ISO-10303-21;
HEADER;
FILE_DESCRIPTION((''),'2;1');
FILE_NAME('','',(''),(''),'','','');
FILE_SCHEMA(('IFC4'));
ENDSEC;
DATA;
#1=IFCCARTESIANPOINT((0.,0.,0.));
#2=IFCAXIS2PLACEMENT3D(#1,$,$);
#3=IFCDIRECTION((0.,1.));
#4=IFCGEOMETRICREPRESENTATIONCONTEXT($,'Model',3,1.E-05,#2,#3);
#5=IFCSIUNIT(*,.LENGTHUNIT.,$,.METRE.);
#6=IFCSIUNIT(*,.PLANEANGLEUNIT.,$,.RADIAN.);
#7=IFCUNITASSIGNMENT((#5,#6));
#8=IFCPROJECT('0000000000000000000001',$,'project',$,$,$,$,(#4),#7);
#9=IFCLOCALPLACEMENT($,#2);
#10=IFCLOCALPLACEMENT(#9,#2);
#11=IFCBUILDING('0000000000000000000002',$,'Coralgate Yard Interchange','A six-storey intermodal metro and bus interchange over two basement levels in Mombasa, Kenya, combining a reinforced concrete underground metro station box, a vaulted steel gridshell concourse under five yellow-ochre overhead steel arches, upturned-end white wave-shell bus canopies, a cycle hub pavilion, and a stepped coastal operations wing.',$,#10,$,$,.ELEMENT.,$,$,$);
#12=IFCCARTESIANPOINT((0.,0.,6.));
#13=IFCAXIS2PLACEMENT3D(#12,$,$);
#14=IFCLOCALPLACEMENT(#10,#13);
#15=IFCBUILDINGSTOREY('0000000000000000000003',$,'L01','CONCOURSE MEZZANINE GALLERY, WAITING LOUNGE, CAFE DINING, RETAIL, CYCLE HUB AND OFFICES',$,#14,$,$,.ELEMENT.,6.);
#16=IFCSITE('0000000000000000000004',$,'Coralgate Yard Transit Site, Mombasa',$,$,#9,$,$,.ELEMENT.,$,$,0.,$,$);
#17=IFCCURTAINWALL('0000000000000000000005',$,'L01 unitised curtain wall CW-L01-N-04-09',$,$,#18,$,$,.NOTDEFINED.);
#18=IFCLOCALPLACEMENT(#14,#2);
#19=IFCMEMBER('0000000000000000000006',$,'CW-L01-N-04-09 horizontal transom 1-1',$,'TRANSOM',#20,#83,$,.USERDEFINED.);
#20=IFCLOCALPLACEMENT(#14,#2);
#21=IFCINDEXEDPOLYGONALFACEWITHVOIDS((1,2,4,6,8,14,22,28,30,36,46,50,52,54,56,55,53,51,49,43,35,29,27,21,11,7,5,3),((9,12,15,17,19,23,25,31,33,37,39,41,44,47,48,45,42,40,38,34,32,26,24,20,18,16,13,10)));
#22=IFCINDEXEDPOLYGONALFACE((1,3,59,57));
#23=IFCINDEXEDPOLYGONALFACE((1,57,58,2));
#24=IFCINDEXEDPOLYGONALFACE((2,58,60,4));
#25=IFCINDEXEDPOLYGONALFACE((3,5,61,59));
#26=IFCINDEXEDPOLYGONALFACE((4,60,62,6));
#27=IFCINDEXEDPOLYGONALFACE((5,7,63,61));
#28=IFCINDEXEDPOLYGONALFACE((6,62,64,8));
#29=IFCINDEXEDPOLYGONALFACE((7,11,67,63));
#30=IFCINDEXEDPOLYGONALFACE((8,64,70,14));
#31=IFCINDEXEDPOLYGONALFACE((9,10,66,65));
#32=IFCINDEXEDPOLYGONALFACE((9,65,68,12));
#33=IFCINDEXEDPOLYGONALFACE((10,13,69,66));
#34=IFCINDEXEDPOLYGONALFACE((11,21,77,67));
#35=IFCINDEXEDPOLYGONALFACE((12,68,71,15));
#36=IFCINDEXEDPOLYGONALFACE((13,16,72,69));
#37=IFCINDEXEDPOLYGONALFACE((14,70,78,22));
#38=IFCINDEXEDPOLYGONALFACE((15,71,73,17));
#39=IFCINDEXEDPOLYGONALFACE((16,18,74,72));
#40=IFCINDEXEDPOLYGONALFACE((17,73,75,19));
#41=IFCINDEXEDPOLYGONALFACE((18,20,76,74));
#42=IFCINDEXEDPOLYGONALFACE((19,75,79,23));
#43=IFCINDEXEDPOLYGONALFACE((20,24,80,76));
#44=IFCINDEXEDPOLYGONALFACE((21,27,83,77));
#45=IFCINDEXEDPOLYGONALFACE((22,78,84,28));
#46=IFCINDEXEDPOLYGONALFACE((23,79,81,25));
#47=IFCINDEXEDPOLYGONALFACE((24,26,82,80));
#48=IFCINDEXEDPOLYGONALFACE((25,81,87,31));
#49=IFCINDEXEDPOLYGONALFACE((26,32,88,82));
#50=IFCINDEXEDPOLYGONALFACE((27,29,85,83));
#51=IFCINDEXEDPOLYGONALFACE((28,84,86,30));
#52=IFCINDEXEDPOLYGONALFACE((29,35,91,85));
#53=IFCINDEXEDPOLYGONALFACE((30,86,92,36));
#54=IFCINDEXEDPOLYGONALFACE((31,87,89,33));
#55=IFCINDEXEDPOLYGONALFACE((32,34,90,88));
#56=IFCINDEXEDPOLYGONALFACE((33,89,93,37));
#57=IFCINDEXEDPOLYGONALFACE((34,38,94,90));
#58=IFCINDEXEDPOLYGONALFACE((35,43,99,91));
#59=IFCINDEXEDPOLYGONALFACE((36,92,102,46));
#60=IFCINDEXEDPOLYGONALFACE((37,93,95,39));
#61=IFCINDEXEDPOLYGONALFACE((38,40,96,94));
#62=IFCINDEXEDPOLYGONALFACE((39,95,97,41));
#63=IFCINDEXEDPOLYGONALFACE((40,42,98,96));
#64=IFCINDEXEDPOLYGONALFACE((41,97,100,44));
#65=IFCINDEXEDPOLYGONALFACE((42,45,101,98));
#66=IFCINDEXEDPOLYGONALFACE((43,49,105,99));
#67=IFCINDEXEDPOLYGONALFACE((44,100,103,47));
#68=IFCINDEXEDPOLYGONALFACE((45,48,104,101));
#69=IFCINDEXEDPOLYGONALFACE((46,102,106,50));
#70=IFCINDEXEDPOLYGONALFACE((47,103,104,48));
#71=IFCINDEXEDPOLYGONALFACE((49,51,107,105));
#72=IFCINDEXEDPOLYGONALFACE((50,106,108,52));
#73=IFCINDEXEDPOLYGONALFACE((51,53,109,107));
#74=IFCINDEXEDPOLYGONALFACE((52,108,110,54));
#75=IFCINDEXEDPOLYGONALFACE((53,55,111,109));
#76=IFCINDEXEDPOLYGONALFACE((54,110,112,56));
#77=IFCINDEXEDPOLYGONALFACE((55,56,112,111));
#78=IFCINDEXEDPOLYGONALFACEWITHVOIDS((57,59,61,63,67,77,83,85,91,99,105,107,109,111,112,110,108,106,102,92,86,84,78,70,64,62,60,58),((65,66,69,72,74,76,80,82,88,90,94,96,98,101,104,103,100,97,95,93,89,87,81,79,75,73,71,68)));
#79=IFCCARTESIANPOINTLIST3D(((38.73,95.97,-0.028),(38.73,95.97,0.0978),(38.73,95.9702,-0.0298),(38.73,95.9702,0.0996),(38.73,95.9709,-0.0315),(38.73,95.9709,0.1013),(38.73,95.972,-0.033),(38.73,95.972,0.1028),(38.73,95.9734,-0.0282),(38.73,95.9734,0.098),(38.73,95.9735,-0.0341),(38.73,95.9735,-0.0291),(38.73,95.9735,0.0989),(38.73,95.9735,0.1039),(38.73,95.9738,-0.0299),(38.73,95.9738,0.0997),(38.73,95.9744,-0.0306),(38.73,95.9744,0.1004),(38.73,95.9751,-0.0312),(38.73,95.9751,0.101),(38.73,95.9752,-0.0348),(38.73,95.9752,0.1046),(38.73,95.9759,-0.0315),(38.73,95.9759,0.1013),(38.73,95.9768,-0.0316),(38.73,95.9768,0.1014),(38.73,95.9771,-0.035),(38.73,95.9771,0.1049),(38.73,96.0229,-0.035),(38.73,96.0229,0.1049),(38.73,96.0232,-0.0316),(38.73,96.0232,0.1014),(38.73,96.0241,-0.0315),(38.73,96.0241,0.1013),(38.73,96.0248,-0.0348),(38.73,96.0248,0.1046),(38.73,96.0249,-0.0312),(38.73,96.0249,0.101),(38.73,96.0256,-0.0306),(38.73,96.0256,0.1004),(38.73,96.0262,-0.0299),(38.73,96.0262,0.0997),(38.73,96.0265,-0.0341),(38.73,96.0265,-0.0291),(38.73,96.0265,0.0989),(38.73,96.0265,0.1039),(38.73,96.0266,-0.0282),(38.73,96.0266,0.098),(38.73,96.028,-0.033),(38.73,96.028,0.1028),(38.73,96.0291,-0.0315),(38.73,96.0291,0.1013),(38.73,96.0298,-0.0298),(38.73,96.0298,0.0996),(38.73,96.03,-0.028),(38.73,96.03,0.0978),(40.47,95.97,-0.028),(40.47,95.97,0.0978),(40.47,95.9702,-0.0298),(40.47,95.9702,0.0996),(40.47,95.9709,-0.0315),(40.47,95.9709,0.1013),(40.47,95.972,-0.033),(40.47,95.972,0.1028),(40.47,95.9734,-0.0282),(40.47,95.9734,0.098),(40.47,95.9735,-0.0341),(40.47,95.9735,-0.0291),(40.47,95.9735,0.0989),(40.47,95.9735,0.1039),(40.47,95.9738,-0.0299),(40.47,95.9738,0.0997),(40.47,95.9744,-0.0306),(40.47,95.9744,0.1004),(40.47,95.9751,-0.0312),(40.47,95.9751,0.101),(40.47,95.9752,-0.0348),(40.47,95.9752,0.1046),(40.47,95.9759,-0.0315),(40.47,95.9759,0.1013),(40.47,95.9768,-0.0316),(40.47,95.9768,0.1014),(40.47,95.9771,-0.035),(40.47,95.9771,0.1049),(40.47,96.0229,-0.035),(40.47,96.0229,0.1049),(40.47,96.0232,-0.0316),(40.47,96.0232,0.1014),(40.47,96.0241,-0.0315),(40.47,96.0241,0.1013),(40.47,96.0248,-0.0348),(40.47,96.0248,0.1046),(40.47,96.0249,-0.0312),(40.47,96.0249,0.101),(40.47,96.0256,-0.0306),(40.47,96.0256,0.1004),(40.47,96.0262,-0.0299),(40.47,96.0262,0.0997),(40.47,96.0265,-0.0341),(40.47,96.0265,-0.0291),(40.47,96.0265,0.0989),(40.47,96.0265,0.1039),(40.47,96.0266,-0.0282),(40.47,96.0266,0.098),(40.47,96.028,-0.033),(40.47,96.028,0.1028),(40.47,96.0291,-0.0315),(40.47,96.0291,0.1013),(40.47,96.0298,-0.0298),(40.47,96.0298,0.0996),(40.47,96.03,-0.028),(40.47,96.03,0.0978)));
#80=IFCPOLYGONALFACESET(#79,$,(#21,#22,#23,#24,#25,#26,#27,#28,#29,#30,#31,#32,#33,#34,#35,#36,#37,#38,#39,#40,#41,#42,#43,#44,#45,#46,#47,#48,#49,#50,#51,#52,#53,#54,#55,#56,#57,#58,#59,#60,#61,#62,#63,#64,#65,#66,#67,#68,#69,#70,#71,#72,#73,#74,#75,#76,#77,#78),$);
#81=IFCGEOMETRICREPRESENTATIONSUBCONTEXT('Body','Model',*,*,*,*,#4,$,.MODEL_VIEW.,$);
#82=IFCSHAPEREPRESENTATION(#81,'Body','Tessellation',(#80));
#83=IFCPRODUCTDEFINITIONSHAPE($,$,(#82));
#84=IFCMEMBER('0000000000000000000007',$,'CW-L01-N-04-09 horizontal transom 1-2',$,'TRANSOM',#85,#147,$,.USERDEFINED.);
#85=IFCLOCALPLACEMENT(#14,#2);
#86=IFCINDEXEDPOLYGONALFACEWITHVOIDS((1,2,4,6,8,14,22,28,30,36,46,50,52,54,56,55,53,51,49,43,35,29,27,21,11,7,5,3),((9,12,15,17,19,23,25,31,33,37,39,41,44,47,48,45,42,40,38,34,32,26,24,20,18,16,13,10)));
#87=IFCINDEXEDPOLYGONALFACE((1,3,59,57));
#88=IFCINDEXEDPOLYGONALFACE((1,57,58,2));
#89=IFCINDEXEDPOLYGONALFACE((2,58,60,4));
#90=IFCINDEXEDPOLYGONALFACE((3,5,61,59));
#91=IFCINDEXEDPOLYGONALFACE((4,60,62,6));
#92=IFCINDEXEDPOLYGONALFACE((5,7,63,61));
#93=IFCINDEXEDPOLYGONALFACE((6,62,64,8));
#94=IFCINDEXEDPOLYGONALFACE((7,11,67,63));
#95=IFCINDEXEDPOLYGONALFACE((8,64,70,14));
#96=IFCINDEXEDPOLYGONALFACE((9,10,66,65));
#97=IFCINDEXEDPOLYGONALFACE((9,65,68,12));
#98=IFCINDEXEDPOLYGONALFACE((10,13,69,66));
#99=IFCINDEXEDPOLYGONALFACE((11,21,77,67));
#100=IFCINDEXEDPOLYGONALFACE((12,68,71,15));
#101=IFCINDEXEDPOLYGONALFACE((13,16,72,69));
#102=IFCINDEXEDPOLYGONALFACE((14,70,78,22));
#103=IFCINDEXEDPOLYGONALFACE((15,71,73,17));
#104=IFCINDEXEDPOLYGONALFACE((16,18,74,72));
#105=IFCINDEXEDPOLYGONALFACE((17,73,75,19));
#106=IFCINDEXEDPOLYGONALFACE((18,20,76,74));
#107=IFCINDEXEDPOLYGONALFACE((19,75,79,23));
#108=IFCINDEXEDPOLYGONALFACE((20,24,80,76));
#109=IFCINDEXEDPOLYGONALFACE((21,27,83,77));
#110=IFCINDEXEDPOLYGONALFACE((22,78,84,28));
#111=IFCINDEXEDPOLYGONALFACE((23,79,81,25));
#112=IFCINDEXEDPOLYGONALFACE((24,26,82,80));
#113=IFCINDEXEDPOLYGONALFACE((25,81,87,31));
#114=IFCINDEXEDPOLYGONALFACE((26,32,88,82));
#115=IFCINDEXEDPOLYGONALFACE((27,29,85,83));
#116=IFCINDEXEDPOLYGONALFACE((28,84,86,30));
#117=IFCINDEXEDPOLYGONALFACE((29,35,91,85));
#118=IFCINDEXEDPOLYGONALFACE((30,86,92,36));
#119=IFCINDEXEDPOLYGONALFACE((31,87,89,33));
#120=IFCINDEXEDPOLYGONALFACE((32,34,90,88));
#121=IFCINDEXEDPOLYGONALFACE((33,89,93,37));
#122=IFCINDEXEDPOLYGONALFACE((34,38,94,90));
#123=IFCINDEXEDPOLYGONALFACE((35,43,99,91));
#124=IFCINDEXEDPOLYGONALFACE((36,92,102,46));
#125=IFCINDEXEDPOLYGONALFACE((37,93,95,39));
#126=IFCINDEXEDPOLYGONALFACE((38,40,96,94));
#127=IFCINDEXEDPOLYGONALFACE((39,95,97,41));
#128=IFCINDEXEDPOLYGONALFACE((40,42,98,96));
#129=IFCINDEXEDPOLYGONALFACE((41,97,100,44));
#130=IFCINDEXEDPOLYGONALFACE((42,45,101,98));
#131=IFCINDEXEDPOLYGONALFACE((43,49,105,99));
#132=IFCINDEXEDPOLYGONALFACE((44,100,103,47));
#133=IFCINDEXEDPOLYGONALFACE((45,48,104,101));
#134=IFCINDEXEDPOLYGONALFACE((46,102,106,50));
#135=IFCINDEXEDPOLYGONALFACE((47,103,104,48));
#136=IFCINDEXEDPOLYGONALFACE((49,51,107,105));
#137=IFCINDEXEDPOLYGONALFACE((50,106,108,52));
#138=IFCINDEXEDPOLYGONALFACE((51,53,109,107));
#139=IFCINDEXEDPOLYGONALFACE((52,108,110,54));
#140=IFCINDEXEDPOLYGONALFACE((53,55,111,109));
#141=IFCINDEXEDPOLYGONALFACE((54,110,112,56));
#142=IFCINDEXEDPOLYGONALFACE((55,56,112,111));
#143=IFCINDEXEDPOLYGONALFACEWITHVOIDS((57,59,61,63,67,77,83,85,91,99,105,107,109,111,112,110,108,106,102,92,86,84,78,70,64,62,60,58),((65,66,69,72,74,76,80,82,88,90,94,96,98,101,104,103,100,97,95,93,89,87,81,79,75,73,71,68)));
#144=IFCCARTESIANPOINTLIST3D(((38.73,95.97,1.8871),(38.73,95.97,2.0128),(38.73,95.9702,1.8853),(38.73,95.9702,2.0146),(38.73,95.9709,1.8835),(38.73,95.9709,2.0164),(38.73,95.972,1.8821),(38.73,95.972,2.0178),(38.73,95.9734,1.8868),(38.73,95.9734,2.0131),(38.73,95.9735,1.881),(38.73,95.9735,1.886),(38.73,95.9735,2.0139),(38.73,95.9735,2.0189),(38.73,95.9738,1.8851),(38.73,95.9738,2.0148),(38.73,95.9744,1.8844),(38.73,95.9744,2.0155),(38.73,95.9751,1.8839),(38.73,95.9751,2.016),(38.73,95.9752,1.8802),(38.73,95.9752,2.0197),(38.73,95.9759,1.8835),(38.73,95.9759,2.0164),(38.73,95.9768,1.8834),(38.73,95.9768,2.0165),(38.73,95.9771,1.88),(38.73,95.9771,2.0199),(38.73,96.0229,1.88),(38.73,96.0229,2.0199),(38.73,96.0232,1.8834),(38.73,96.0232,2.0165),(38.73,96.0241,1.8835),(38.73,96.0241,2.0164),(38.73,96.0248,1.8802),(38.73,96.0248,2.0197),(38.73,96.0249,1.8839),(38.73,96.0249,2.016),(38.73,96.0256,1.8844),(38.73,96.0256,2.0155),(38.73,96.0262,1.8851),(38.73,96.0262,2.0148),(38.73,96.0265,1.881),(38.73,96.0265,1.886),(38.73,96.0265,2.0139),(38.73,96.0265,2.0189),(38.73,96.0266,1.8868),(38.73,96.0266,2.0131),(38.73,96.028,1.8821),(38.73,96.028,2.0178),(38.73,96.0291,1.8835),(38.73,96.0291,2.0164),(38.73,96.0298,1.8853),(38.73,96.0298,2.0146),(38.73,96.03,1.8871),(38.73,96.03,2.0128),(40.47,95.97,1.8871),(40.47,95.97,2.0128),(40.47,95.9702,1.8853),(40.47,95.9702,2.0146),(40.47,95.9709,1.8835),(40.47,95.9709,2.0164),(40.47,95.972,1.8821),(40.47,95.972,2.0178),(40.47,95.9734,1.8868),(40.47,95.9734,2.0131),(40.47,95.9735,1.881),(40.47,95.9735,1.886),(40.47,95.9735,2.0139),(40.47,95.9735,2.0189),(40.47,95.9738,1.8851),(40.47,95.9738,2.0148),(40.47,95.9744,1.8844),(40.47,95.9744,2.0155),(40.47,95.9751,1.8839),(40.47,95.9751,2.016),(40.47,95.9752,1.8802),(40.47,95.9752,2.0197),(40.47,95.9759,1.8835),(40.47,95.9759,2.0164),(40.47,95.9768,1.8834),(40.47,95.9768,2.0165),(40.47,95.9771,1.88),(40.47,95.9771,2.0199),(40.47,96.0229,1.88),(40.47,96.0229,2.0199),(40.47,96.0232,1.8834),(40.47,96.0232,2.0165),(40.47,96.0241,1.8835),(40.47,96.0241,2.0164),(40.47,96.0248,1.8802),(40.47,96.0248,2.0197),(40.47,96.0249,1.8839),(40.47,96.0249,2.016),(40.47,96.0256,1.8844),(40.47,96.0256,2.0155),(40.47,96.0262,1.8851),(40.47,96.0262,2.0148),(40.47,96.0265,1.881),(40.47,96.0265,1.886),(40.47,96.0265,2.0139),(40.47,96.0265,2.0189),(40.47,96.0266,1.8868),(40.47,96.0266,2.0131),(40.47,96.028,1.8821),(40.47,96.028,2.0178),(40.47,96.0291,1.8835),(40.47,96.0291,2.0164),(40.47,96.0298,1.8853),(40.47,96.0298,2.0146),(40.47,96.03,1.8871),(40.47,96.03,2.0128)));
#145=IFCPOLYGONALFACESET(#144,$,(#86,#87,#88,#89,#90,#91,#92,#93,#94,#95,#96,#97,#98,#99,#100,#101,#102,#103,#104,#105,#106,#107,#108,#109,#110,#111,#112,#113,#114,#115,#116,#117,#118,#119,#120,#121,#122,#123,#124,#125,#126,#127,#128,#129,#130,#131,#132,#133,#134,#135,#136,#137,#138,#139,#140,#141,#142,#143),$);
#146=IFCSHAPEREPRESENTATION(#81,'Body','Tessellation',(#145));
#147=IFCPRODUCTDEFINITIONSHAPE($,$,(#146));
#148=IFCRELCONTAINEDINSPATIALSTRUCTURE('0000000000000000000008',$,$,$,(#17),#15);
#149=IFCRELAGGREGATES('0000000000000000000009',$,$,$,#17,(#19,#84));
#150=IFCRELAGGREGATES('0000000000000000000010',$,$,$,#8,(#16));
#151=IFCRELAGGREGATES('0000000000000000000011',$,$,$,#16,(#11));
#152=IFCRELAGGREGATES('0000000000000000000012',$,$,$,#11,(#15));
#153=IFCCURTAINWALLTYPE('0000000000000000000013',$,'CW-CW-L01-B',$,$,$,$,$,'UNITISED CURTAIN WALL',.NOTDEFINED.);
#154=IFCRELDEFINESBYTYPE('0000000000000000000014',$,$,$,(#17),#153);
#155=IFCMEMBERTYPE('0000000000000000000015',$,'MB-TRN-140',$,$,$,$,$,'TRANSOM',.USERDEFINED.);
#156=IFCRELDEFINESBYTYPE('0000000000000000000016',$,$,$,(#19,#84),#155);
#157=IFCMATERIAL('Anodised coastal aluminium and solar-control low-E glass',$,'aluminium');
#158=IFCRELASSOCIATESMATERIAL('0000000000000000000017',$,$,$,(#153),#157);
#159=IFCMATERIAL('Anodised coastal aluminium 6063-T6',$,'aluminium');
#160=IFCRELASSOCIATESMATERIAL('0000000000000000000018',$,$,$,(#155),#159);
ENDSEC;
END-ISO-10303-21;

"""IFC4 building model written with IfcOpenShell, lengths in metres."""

from ifc_helpers import new_model, si_unit, direction, frame, origin, origin_2d, place, context, subcontext, project, spatial, hollow_rectangle, extrude, material, material_profile, profile_set, type_object, element, aggregate, save


model = new_model("IFC4")

# Units and contexts
model_context = context("Model", 3, precision=1e-05, world=origin(), true_north=direction((0.0, 1.0)))
body_context = subcontext(model_context, "Body", "Model", "MODEL_VIEW")
ifc_project = project(units=[si_unit("LENGTHUNIT", "METRE"), si_unit("PLANEANGLEUNIT", "RADIAN")], contexts=[model_context])

# Site, building, storey
site_placement = place(None, origin())
site = spatial("IfcSite", under=ifc_project, at=site_placement, Name="Coralgate Yard Transit Site, Mombasa", CompositionType="ELEMENT", RefElevation=0.0)
building_placement = place(site_placement, origin())
building = spatial("IfcBuilding", under=site, at=building_placement, Name="Coralgate Yard Interchange", Description="A six-storey intermodal metro and bus interchange over two basement levels in Mombasa, Kenya, combining a reinforced concrete underground metro station box, a vaulted steel gridshell concourse under five yellow-ochre overhead steel arches, upturned-end white wave-shell bus canopies, a cycle hub pavilion, and a stepped coastal operations wing.", CompositionType="ELEMENT")
storey_placement = place(building_placement, frame((0.0, 0.0, 6.0)))
storey = spatial("IfcBuildingStorey", under=building, at=storey_placement, Name="L01", Description="CONCOURSE MEZZANINE GALLERY, WAITING LOUNGE, CAFE DINING, RETAIL, CYCLE HUB AND OFFICES", CompositionType="ELEMENT", Elevation=6.0)

# Shared definitions
ifc_material_1 = material(Name="Anodised coastal aluminium and solar-control low-E glass", Category="aluminium")
ifc_material_2 = material(Name="Anodised coastal aluminium 6063-T6", Category="aluminium")

# Curtain wall
curtain_wall_type_1 = type_object("IfcCurtainWallType", Name="CW-CW-L01-B", ElementType="UNITISED CURTAIN WALL", PredefinedType="NOTDEFINED", material=ifc_material_1)
curtain_wall_1_placement = place(storey_placement, origin())
curtain_wall_1 = element("IfcCurtainWall", 1, at=curtain_wall_1_placement, inside=storey, type_object=curtain_wall_type_1, Name="L01 unitised curtain wall CW-L01-N-04-09", PredefinedType="NOTDEFINED")

# Members
ifc_material_profile_1 = material_profile(ifc_material_2, hollow_rectangle(XDim=0.0601, YDim=0.1399, WallThickness=0.0034, InnerFilletRadius=0.0034, OuterFilletRadius=0.0071, at=origin_2d()), Name="ALU 60x140x3.5")
ifc_profile_set_1 = profile_set([ifc_material_profile_1], Name="Anodised coastal aluminium 6063-T6")
member_type_1 = type_object("IfcMemberType", Name="MB-TRN-140", ElementType="TRANSOM", PredefinedType="USERDEFINED", material=ifc_profile_set_1)
member_1_placement = place(storey_placement, frame((38.73, 96.0, 0.0349), z_axis=(1.0, 0.0, 0.0), x_axis=(0.0, 1.0, 0.0)))
member_1 = element("IfcMember", 2, at=member_1_placement, type_object=member_type_1, Name="CW-L01-N-04-09 horizontal transom 1-1", ObjectType="TRANSOM", PredefinedType="USERDEFINED", context=body_context, shape_type="SweptSolid", body=[
    extrude(hollow_rectangle(XDim=0.0601, YDim=0.1399, WallThickness=0.0034, InnerFilletRadius=0.0034, OuterFilletRadius=0.0071, at=origin_2d()), origin(), (0.0, 0.0, 1.0), 1.74),
])
member_2_placement = place(storey_placement, frame((38.73, 96.0, 1.95), z_axis=(1.0, 0.0, 0.0), x_axis=(0.0, 1.0, 0.0)))
member_2 = element("IfcMember", 3, at=member_2_placement, type_object=member_type_1, Name="CW-L01-N-04-09 horizontal transom 1-2", ObjectType="TRANSOM", PredefinedType="USERDEFINED", context=body_context, shape_type="SweptSolid", body=[
    extrude(hollow_rectangle(XDim=0.0601, YDim=0.1399, WallThickness=0.0034, InnerFilletRadius=0.0034, OuterFilletRadius=0.0071, at=origin_2d()), origin(), (0.0, 0.0, 1.0), 1.74),
])

aggregate(curtain_wall_1, [member_1, member_2])

save(model, "model.ifc")
